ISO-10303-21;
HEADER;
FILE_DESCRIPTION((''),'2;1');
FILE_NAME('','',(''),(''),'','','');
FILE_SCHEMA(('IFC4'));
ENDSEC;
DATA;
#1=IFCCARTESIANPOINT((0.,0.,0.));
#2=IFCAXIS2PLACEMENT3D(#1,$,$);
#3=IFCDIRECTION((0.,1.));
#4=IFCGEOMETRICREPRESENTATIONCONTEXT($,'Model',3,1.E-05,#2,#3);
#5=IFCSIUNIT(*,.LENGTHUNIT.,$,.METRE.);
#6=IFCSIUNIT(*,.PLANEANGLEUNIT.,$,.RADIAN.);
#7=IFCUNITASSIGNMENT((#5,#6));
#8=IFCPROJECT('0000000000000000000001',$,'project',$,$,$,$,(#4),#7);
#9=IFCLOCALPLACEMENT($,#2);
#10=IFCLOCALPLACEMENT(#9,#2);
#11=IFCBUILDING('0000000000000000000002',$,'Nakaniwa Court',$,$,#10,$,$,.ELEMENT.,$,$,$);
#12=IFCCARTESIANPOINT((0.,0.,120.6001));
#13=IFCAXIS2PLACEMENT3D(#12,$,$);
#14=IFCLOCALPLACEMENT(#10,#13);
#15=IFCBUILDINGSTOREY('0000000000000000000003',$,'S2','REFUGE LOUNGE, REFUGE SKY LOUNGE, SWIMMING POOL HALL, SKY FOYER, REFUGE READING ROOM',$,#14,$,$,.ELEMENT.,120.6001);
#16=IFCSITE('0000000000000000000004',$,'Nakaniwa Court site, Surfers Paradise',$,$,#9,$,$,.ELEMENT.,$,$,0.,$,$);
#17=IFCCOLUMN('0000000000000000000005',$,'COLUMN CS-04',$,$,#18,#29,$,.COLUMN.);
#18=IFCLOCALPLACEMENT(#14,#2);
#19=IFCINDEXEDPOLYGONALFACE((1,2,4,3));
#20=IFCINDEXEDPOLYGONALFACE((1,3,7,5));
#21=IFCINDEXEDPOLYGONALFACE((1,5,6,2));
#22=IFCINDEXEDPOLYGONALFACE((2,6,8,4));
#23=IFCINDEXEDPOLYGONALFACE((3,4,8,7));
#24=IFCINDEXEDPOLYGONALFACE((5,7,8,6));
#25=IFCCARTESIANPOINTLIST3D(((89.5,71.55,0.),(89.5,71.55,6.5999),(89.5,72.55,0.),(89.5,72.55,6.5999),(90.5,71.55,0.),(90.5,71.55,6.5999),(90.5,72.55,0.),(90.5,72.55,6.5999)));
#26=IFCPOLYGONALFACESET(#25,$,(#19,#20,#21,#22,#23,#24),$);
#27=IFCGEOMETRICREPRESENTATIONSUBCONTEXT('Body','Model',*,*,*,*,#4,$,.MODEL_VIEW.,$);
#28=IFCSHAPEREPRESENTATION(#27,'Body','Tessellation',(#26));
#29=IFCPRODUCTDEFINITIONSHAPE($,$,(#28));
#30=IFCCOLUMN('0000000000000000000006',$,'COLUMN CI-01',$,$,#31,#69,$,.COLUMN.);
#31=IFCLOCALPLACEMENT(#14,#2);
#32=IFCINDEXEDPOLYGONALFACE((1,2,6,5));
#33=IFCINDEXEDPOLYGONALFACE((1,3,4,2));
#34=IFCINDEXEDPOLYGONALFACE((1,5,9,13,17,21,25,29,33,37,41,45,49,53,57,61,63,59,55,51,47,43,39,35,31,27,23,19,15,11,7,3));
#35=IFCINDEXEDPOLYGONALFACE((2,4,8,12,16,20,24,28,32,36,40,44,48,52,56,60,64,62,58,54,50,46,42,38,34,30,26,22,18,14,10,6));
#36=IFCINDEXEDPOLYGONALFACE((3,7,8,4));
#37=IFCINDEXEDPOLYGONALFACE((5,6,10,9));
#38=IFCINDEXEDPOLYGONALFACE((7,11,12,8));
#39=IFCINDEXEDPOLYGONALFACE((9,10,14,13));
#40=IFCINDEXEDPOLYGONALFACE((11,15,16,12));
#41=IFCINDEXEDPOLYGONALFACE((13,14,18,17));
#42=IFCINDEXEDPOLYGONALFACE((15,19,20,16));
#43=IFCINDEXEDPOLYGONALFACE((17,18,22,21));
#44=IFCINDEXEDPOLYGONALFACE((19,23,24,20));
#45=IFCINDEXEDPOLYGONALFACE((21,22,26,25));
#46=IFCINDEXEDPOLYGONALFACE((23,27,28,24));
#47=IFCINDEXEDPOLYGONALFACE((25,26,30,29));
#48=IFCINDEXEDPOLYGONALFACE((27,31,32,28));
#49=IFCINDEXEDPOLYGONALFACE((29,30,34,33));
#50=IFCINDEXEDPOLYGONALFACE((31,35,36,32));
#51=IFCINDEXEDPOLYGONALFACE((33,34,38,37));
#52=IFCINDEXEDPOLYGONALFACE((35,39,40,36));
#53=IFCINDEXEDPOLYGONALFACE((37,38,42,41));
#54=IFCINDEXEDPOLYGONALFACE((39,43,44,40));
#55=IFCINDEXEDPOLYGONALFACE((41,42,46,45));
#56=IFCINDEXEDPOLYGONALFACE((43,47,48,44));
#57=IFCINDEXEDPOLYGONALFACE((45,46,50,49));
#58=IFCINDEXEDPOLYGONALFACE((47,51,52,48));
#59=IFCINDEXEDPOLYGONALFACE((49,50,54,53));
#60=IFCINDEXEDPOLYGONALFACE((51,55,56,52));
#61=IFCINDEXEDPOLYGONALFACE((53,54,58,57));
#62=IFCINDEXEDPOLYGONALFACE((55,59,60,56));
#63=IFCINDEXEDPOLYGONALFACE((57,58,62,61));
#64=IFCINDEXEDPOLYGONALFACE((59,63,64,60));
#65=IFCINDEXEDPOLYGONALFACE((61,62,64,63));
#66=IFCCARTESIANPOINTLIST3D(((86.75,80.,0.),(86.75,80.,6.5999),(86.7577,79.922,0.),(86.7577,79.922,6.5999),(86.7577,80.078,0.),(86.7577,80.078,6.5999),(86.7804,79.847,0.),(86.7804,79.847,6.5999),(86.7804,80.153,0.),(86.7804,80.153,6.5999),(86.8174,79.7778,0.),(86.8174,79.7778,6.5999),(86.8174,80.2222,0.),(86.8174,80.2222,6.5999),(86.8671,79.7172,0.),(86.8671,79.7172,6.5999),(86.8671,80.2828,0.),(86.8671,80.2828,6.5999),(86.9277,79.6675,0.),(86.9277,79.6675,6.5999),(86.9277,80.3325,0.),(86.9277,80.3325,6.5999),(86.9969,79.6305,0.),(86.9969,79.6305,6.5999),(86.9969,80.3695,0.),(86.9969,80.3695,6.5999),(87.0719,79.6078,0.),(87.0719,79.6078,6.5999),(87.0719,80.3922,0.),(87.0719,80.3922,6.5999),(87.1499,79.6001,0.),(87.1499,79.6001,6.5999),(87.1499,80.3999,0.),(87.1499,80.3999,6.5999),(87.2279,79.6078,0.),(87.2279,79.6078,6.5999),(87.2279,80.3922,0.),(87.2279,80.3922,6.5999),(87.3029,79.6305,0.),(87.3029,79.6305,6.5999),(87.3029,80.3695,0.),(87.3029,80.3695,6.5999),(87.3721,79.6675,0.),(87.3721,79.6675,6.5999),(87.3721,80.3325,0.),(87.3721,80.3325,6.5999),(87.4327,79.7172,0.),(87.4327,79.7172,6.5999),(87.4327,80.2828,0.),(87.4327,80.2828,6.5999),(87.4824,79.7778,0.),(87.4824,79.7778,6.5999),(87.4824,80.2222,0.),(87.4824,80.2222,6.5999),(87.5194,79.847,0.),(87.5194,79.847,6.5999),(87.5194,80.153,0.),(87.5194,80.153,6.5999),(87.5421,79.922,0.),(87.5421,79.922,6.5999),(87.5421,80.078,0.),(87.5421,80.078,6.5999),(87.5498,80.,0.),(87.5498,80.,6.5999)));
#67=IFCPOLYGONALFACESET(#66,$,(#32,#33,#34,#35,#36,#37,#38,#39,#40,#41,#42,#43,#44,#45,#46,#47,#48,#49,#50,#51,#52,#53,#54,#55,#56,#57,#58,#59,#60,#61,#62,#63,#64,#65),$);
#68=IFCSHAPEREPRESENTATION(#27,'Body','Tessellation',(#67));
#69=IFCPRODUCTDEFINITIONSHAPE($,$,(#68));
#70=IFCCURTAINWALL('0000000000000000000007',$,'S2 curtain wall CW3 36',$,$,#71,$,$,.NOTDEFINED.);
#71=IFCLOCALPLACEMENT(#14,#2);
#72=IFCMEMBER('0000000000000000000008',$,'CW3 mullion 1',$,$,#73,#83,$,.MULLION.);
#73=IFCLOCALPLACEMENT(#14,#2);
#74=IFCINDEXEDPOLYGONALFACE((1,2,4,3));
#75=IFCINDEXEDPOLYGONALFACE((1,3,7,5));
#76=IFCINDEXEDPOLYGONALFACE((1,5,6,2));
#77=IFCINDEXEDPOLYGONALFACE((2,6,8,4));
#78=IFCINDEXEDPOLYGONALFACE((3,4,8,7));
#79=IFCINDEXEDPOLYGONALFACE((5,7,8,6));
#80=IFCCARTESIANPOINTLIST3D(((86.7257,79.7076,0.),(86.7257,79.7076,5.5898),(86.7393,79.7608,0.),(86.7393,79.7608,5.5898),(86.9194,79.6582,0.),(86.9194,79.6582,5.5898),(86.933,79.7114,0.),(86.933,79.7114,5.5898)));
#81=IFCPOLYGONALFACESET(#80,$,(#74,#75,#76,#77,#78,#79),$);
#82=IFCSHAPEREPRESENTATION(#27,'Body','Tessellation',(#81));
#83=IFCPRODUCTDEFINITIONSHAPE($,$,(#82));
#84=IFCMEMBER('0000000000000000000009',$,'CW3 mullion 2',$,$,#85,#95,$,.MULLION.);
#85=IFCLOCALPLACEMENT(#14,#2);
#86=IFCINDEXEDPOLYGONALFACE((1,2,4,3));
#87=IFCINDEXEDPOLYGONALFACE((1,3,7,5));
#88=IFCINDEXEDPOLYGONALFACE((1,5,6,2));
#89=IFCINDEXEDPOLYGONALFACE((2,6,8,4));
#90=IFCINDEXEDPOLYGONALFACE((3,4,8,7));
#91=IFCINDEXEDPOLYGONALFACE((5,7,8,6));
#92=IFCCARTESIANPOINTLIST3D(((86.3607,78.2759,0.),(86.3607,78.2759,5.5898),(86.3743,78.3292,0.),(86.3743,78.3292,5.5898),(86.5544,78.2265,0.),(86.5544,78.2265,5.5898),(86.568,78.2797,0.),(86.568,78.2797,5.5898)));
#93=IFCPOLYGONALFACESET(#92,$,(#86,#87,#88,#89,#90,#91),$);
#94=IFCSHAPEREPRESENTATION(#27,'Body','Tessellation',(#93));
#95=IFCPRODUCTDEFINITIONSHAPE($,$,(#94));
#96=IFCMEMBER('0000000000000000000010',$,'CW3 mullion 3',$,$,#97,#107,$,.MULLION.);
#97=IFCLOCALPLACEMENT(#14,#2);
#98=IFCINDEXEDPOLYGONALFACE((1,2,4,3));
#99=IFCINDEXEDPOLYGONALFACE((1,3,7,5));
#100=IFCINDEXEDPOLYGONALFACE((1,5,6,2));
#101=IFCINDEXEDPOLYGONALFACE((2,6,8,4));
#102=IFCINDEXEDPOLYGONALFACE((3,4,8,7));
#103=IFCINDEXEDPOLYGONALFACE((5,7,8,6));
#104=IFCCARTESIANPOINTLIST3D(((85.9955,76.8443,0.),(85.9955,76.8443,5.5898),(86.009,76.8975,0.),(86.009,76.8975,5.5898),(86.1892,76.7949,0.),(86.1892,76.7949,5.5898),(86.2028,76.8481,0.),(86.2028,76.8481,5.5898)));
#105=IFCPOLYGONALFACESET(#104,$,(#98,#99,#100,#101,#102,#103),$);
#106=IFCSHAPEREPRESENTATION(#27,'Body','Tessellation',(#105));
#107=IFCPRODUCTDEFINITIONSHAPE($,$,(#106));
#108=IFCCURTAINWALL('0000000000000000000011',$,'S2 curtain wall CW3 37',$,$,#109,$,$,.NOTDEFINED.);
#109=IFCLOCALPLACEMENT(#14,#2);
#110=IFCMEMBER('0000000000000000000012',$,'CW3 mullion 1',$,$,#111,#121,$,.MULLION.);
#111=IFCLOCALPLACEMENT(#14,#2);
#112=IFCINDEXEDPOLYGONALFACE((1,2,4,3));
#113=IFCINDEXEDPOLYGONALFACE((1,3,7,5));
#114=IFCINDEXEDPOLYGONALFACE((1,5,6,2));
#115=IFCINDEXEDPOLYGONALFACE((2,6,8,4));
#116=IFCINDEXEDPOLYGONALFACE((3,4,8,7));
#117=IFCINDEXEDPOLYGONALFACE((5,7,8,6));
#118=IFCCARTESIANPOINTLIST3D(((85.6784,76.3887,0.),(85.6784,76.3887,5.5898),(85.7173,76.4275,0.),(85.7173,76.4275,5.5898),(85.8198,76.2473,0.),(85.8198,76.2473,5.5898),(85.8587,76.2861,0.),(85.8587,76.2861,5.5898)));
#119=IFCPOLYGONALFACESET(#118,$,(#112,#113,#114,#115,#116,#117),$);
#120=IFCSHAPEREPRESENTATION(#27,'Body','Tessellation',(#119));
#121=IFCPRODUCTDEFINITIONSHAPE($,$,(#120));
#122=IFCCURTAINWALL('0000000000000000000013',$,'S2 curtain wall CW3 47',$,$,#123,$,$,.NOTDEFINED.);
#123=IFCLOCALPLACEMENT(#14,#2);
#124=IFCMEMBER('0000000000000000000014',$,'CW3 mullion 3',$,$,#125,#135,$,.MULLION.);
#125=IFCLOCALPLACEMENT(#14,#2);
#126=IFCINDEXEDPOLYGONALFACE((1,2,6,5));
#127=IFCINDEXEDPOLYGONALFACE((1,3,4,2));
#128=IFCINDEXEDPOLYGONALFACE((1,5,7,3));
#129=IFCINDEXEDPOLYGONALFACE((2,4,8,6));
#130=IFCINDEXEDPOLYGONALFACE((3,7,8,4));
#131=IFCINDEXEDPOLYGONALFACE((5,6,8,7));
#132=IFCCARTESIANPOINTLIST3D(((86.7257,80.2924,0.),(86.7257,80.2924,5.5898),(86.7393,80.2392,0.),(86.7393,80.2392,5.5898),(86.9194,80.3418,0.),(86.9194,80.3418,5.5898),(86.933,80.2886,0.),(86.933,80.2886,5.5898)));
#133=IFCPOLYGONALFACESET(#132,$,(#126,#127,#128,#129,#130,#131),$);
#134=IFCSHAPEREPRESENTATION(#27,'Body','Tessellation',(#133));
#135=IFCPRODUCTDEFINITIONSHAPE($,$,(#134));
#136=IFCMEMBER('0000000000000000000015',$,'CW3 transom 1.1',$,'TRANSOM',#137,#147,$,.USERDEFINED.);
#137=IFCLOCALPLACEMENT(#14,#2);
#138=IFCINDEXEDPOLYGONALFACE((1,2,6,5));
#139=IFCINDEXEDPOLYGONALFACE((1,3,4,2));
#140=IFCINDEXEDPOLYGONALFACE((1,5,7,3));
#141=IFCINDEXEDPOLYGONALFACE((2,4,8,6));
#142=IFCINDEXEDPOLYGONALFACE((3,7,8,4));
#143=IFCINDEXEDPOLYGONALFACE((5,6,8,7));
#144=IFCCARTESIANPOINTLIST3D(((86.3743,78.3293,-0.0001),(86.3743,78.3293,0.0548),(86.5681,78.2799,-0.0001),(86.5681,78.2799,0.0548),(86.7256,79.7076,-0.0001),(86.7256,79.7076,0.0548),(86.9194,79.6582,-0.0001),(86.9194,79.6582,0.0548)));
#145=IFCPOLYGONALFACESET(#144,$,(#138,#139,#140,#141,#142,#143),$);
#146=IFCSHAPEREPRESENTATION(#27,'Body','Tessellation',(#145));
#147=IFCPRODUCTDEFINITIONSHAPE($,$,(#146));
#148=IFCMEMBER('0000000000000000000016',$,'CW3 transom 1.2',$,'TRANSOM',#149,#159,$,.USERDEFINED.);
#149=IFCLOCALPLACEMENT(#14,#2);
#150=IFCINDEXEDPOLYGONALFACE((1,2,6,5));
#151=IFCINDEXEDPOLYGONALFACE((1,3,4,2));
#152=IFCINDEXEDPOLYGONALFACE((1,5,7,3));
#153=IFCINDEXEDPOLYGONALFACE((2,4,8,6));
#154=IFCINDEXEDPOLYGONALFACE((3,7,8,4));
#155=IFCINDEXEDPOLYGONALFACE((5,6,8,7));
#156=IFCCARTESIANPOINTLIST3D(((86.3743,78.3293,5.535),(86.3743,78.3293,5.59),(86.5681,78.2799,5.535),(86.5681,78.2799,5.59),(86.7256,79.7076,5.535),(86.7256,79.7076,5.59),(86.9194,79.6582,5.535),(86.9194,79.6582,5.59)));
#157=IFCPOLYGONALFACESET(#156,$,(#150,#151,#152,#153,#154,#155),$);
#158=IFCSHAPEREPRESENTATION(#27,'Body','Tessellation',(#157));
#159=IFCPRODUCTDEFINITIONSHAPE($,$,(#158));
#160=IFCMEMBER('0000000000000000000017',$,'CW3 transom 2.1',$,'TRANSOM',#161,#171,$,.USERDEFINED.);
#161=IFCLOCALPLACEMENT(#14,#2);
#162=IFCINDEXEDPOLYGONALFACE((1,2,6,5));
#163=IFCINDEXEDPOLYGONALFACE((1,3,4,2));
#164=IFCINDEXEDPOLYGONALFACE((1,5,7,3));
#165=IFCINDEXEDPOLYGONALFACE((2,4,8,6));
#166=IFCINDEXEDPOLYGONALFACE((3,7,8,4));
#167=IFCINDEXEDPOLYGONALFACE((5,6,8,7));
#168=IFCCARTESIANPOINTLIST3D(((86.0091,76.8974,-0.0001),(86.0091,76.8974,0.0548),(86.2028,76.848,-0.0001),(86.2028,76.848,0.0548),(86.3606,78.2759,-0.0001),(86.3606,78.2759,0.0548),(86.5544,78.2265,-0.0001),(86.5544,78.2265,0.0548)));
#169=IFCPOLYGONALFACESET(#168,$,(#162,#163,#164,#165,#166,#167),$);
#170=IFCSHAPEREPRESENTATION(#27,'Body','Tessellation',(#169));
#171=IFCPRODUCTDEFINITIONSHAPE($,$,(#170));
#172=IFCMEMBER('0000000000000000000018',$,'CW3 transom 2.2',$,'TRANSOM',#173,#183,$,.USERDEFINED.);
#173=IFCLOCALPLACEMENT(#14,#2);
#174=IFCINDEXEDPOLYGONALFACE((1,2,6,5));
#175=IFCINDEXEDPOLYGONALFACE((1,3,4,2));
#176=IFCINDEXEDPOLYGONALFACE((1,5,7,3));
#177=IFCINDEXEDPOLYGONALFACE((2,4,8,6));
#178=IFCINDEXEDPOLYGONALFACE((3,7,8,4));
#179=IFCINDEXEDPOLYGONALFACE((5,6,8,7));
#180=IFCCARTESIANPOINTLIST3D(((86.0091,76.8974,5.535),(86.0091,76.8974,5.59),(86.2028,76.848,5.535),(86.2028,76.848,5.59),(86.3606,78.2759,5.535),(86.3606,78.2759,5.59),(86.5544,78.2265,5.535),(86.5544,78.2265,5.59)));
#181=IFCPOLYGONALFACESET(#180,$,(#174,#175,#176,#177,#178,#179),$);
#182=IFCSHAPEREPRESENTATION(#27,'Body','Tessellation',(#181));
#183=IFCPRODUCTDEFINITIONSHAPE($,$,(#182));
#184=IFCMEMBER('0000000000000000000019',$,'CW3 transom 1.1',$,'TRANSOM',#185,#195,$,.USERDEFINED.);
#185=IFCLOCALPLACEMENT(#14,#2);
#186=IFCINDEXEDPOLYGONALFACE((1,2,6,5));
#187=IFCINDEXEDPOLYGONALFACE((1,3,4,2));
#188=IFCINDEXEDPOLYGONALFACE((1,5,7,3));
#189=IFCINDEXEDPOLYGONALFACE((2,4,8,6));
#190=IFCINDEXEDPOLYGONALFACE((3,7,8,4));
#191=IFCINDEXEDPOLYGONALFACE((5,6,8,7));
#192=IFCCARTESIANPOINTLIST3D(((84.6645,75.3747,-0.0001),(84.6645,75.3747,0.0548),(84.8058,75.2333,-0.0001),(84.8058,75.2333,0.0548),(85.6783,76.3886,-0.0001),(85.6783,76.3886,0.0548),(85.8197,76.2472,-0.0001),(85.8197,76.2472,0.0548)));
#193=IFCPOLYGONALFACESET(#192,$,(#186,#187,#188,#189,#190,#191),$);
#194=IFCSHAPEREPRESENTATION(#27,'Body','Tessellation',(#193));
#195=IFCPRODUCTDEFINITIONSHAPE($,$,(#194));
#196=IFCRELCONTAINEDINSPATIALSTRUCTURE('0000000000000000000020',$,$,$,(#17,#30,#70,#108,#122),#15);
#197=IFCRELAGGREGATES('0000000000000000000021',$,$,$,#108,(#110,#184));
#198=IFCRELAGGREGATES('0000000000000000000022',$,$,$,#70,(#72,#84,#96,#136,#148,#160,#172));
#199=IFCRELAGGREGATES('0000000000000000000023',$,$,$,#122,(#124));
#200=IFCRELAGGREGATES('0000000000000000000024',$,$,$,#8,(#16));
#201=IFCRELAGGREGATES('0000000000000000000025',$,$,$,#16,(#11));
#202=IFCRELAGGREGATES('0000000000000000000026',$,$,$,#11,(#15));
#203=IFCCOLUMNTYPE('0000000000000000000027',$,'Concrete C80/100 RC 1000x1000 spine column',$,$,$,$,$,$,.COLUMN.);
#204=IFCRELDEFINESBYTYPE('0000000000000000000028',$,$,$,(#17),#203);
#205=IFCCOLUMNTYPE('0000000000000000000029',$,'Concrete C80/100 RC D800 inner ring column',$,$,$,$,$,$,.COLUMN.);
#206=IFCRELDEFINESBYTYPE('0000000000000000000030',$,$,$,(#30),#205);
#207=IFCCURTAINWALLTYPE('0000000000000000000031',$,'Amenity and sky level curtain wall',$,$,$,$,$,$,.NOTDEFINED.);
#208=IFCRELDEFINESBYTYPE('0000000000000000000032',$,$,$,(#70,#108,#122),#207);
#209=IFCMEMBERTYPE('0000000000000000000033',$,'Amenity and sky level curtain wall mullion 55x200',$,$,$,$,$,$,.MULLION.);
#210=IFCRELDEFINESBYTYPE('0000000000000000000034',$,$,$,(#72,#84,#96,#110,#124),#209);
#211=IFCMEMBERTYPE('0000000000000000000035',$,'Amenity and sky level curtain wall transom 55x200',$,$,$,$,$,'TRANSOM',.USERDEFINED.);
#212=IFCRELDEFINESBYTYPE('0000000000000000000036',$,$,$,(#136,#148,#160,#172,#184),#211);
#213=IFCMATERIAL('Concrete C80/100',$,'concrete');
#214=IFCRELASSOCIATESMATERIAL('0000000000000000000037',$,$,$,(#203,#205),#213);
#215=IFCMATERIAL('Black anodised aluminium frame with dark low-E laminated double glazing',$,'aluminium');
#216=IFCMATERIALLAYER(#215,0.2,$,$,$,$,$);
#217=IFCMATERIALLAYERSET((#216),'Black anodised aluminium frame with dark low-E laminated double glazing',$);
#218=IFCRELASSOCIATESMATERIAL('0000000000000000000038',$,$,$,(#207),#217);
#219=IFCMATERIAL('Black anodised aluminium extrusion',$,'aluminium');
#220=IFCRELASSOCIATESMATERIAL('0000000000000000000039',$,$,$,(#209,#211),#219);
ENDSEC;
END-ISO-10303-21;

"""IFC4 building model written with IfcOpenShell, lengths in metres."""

from ifc_helpers import new_model, si_unit, direction, frame, origin, origin_2d, place, context, subcontext, project, spatial, rectangle, circle, extrude, material, layer, layer_set, material_profile, profile_set, type_object, element, aggregate, save


model = new_model("IFC4")

# Units and contexts
model_context = context("Model", 3, precision=1e-05, world=origin(), true_north=direction((0.0, 1.0)))
body_context = subcontext(model_context, "Body", "Model", "MODEL_VIEW")
ifc_project = project(units=[si_unit("LENGTHUNIT", "METRE"), si_unit("PLANEANGLEUNIT", "RADIAN")], contexts=[model_context])

# Site, building, storey
site_placement = place(None, origin())
site = spatial("IfcSite", under=ifc_project, at=site_placement, Name="Nakaniwa Court site, Surfers Paradise", CompositionType="ELEMENT", RefElevation=0.0)
building_placement = place(site_placement, origin())
building = spatial("IfcBuilding", under=site, at=building_placement, Name="Nakaniwa Court", CompositionType="ELEMENT")
storey_placement = place(building_placement, frame((0.0, 0.0, 120.6001)))
storey = spatial("IfcBuildingStorey", under=building, at=storey_placement, Name="S2", Description="REFUGE LOUNGE, REFUGE SKY LOUNGE, SWIMMING POOL HALL, SKY FOYER, REFUGE READING ROOM", CompositionType="ELEMENT", Elevation=120.6001)

# Columns
ifc_material_1 = material(Name="Concrete C80/100", Category="concrete")
ifc_material_profile_1 = material_profile(ifc_material_1, rectangle(XDim=1.0, YDim=1.0, at=origin_2d()), Name="Concrete C80/100 RC 1000x1000 spine column")
ifc_profile_set_1 = profile_set([ifc_material_profile_1], Name="Concrete C80/100")
column_type_1 = type_object("IfcColumnType", Name="Concrete C80/100 RC 1000x1000 spine column", PredefinedType="COLUMN", material=ifc_profile_set_1)
column_placement = place(storey_placement, frame((90.0, 72.05, 0.0), z_axis=(0.0, 0.0, 1.0), x_axis=(0.0, 1.0, 0.0)))
element("IfcColumn", 1, at=column_placement, inside=storey, type_object=column_type_1, Name="COLUMN CS-04", PredefinedType="COLUMN", context=body_context, shape_type="SweptSolid", body=[
    extrude(rectangle(XDim=1.0, YDim=1.0, at=origin_2d()), origin(), (0.0, 0.0, 1.0), 6.5999),
])
ifc_material_profile_2 = material_profile(ifc_material_1, circle(Radius=0.3999, at=origin_2d()), Name="Concrete C80/100 RC D800 inner ring column")
ifc_profile_set_2 = profile_set([ifc_material_profile_2], Name="Concrete C80/100")
column_type_2 = type_object("IfcColumnType", Name="Concrete C80/100 RC D800 inner ring column", PredefinedType="COLUMN", material=ifc_profile_set_2)
for number, where, z_axis, x_axis, name in (
    (2, (87.1499, 80.0, 0.0), (0.0, 0.0, 1.0), (0.0, 1.0, 0.0), "COLUMN CI-01"),
):
    element("IfcColumn", number, at=place(storey_placement, frame(where, z_axis=z_axis, x_axis=x_axis)), inside=storey, type_object=column_type_2, Name=name, PredefinedType="COLUMN", context=body_context, shape_type="SweptSolid", body=[
        extrude(circle(Radius=0.3999, at=origin_2d()), origin(), (0.0, 0.0, 1.0), 6.5999),
    ])

# Curtain wall, members
ifc_material_2 = material(Name="Black anodised aluminium frame with dark low-E laminated double glazing", Category="aluminium")
ifc_layer_1 = layer(ifc_material_2, 0.2)
ifc_layer_set_1 = layer_set([ifc_layer_1], Name="Black anodised aluminium frame with dark low-E laminated double glazing")
curtain_wall_type = type_object("IfcCurtainWallType", Name="Amenity and sky level curtain wall", PredefinedType="NOTDEFINED", material=ifc_layer_set_1)
curtain_wall_1_placement = place(storey_placement, origin())
curtain_wall_1 = element("IfcCurtainWall", 3, at=curtain_wall_1_placement, inside=storey, type_object=curtain_wall_type, Name="S2 curtain wall CW3 36", PredefinedType="NOTDEFINED")
ifc_material_3 = material(Name="Black anodised aluminium extrusion", Category="aluminium")
ifc_material_profile_3 = material_profile(ifc_material_3, rectangle(XDim=0.2, YDim=0.0549, at=origin_2d()), Name="Amenity and sky level curtain wall mullion 55x200")
ifc_profile_set_3 = profile_set([ifc_material_profile_3], Name="Black anodised aluminium extrusion")
member_type_1 = type_object("IfcMemberType", Name="Amenity and sky level curtain wall mullion 55x200", PredefinedType="MULLION", material=ifc_profile_set_3)
member_1_placement = place(storey_placement, frame((86.8293, 79.7095, 0.0), z_axis=(0.0, 0.0, 1.0), x_axis=(0.968986, -0.247114, 0.0)))
member_1 = element("IfcMember", 4, at=member_1_placement, type_object=member_type_1, Name="CW3 mullion 1", PredefinedType="MULLION", context=body_context, shape_type="SweptSolid", body=[
    extrude(rectangle(XDim=0.2, YDim=0.0549, at=origin_2d()), origin(), (0.0, 0.0, 1.0), 5.5898),
])
member_2_placement = place(storey_placement, frame((86.4644, 78.2778, 0.0), z_axis=(0.0, 0.0, 1.0), x_axis=(0.968986, -0.247114, 0.0)))
member_2 = element("IfcMember", 5, at=member_2_placement, type_object=member_type_1, Name="CW3 mullion 2", PredefinedType="MULLION", context=body_context, shape_type="SweptSolid", body=[
    extrude(rectangle(XDim=0.2, YDim=0.0549, at=origin_2d()), origin(), (0.0, 0.0, 1.0), 5.5898),
])
member_3_placement = place(storey_placement, frame((86.0991, 76.8462, 0.0), z_axis=(0.0, 0.0, 1.0), x_axis=(0.968986, -0.247114, 0.0)))
member_3 = element("IfcMember", 6, at=member_3_placement, type_object=member_type_1, Name="CW3 mullion 3", PredefinedType="MULLION", context=body_context, shape_type="SweptSolid", body=[
    extrude(rectangle(XDim=0.2, YDim=0.0549, at=origin_2d()), origin(), (0.0, 0.0, 1.0), 5.5898),
])

# Curtain walls, members
curtain_wall_2_placement = place(storey_placement, origin())
curtain_wall_2 = element("IfcCurtainWall", 7, at=curtain_wall_2_placement, inside=storey, type_object=curtain_wall_type, Name="S2 curtain wall CW3 37", PredefinedType="NOTDEFINED")
member_4_placement = place(storey_placement, frame((85.7686, 76.3374, 0.0), z_axis=(0.0, 0.0, 1.0), x_axis=(0.707107, -0.707107, 0.0)))
member_4 = element("IfcMember", 8, at=member_4_placement, type_object=member_type_1, Name="CW3 mullion 1", PredefinedType="MULLION", context=body_context, shape_type="SweptSolid", body=[
    extrude(rectangle(XDim=0.2, YDim=0.0549, at=origin_2d()), origin(), (0.0, 0.0, 1.0), 5.5898),
])
curtain_wall_3_placement = place(storey_placement, origin())
curtain_wall_3 = element("IfcCurtainWall", 9, at=curtain_wall_3_placement, inside=storey, type_object=curtain_wall_type, Name="S2 curtain wall CW3 47", PredefinedType="NOTDEFINED")
member_5_placement = place(storey_placement, frame((86.8293, 80.2905, 0.0), z_axis=(0.0, 0.0, 1.0), x_axis=(0.968986, 0.247114, 0.0)))
member_5 = element("IfcMember", 10, at=member_5_placement, type_object=member_type_1, Name="CW3 mullion 3", PredefinedType="MULLION", context=body_context, shape_type="SweptSolid", body=[
    extrude(rectangle(XDim=0.2, YDim=0.0549, at=origin_2d()), origin(), (0.0, 0.0, 1.0), 5.5898),
])

# Members
ifc_material_profile_4 = material_profile(ifc_material_3, rectangle(XDim=0.2, YDim=0.0549, at=origin_2d()), Name="Amenity and sky level curtain wall transom 55x200")
ifc_profile_set_4 = profile_set([ifc_material_profile_4], Name="Black anodised aluminium extrusion")
member_type_2 = type_object("IfcMemberType", Name="Amenity and sky level curtain wall transom 55x200", ElementType="TRANSOM", PredefinedType="USERDEFINED", material=ifc_profile_set_4)
member_6_placement = place(storey_placement, frame((86.8225, 79.6829, 0.0273), z_axis=(-0.246975, -0.969022, 0.0), x_axis=(0.969022, -0.246975, 0.0)))
member_6 = element("IfcMember", 11, at=member_6_placement, type_object=member_type_2, Name="CW3 transom 1.1", ObjectType="TRANSOM", PredefinedType="USERDEFINED", context=body_context, shape_type="SweptSolid", body=[
    extrude(rectangle(XDim=0.2, YDim=0.0549, at=origin_2d()), origin(), (0.0, 0.0, 1.0), 1.4224),
])
member_7_placement = place(storey_placement, frame((86.8225, 79.6829, 5.5625), z_axis=(-0.246975, -0.969022, 0.0), x_axis=(0.969022, -0.246975, 0.0)))
member_7 = element("IfcMember", 12, at=member_7_placement, type_object=member_type_2, Name="CW3 transom 1.2", ObjectType="TRANSOM", PredefinedType="USERDEFINED", context=body_context, shape_type="SweptSolid", body=[
    extrude(rectangle(XDim=0.2, YDim=0.0549, at=origin_2d()), origin(), (0.0, 0.0, 1.0), 1.4224),
])
member_8_placement = place(storey_placement, frame((86.4575, 78.2512, 0.0273), z_axis=(-0.247136, -0.968981, 0.0), x_axis=(0.968981, -0.247136, 0.0)))
member_8 = element("IfcMember", 13, at=member_8_placement, type_object=member_type_2, Name="CW3 transom 2.1", ObjectType="TRANSOM", PredefinedType="USERDEFINED", context=body_context, shape_type="SweptSolid", body=[
    extrude(rectangle(XDim=0.2, YDim=0.0549, at=origin_2d()), origin(), (0.0, 0.0, 1.0), 1.4226),
])
member_9_placement = place(storey_placement, frame((86.4575, 78.2512, 5.5625), z_axis=(-0.247136, -0.968981, 0.0), x_axis=(0.968981, -0.247136, 0.0)))
member_9 = element("IfcMember", 14, at=member_9_placement, type_object=member_type_2, Name="CW3 transom 2.2", ObjectType="TRANSOM", PredefinedType="USERDEFINED", context=body_context, shape_type="SweptSolid", body=[
    extrude(rectangle(XDim=0.2, YDim=0.0549, at=origin_2d()), origin(), (0.0, 0.0, 1.0), 1.4226),
])
member_10_placement = place(storey_placement, frame((85.749, 76.3179, 0.0273), z_axis=(-0.707107, -0.707107, 0.0), x_axis=(0.707107, -0.707107, 0.0)))
member_10 = element("IfcMember", 15, at=member_10_placement, type_object=member_type_2, Name="CW3 transom 1.1", ObjectType="TRANSOM", PredefinedType="USERDEFINED", context=body_context, shape_type="SweptSolid", body=[
    extrude(rectangle(XDim=0.2, YDim=0.0549, at=origin_2d()), origin(), (0.0, 0.0, 1.0), 1.4338),
])
aggregate(curtain_wall_2, [member_4, member_10])

aggregate(curtain_wall_1, [member_1, member_2, member_3, member_6, member_7, member_8, member_9])
aggregate(curtain_wall_3, [member_5])

save(model, "model.ifc")
